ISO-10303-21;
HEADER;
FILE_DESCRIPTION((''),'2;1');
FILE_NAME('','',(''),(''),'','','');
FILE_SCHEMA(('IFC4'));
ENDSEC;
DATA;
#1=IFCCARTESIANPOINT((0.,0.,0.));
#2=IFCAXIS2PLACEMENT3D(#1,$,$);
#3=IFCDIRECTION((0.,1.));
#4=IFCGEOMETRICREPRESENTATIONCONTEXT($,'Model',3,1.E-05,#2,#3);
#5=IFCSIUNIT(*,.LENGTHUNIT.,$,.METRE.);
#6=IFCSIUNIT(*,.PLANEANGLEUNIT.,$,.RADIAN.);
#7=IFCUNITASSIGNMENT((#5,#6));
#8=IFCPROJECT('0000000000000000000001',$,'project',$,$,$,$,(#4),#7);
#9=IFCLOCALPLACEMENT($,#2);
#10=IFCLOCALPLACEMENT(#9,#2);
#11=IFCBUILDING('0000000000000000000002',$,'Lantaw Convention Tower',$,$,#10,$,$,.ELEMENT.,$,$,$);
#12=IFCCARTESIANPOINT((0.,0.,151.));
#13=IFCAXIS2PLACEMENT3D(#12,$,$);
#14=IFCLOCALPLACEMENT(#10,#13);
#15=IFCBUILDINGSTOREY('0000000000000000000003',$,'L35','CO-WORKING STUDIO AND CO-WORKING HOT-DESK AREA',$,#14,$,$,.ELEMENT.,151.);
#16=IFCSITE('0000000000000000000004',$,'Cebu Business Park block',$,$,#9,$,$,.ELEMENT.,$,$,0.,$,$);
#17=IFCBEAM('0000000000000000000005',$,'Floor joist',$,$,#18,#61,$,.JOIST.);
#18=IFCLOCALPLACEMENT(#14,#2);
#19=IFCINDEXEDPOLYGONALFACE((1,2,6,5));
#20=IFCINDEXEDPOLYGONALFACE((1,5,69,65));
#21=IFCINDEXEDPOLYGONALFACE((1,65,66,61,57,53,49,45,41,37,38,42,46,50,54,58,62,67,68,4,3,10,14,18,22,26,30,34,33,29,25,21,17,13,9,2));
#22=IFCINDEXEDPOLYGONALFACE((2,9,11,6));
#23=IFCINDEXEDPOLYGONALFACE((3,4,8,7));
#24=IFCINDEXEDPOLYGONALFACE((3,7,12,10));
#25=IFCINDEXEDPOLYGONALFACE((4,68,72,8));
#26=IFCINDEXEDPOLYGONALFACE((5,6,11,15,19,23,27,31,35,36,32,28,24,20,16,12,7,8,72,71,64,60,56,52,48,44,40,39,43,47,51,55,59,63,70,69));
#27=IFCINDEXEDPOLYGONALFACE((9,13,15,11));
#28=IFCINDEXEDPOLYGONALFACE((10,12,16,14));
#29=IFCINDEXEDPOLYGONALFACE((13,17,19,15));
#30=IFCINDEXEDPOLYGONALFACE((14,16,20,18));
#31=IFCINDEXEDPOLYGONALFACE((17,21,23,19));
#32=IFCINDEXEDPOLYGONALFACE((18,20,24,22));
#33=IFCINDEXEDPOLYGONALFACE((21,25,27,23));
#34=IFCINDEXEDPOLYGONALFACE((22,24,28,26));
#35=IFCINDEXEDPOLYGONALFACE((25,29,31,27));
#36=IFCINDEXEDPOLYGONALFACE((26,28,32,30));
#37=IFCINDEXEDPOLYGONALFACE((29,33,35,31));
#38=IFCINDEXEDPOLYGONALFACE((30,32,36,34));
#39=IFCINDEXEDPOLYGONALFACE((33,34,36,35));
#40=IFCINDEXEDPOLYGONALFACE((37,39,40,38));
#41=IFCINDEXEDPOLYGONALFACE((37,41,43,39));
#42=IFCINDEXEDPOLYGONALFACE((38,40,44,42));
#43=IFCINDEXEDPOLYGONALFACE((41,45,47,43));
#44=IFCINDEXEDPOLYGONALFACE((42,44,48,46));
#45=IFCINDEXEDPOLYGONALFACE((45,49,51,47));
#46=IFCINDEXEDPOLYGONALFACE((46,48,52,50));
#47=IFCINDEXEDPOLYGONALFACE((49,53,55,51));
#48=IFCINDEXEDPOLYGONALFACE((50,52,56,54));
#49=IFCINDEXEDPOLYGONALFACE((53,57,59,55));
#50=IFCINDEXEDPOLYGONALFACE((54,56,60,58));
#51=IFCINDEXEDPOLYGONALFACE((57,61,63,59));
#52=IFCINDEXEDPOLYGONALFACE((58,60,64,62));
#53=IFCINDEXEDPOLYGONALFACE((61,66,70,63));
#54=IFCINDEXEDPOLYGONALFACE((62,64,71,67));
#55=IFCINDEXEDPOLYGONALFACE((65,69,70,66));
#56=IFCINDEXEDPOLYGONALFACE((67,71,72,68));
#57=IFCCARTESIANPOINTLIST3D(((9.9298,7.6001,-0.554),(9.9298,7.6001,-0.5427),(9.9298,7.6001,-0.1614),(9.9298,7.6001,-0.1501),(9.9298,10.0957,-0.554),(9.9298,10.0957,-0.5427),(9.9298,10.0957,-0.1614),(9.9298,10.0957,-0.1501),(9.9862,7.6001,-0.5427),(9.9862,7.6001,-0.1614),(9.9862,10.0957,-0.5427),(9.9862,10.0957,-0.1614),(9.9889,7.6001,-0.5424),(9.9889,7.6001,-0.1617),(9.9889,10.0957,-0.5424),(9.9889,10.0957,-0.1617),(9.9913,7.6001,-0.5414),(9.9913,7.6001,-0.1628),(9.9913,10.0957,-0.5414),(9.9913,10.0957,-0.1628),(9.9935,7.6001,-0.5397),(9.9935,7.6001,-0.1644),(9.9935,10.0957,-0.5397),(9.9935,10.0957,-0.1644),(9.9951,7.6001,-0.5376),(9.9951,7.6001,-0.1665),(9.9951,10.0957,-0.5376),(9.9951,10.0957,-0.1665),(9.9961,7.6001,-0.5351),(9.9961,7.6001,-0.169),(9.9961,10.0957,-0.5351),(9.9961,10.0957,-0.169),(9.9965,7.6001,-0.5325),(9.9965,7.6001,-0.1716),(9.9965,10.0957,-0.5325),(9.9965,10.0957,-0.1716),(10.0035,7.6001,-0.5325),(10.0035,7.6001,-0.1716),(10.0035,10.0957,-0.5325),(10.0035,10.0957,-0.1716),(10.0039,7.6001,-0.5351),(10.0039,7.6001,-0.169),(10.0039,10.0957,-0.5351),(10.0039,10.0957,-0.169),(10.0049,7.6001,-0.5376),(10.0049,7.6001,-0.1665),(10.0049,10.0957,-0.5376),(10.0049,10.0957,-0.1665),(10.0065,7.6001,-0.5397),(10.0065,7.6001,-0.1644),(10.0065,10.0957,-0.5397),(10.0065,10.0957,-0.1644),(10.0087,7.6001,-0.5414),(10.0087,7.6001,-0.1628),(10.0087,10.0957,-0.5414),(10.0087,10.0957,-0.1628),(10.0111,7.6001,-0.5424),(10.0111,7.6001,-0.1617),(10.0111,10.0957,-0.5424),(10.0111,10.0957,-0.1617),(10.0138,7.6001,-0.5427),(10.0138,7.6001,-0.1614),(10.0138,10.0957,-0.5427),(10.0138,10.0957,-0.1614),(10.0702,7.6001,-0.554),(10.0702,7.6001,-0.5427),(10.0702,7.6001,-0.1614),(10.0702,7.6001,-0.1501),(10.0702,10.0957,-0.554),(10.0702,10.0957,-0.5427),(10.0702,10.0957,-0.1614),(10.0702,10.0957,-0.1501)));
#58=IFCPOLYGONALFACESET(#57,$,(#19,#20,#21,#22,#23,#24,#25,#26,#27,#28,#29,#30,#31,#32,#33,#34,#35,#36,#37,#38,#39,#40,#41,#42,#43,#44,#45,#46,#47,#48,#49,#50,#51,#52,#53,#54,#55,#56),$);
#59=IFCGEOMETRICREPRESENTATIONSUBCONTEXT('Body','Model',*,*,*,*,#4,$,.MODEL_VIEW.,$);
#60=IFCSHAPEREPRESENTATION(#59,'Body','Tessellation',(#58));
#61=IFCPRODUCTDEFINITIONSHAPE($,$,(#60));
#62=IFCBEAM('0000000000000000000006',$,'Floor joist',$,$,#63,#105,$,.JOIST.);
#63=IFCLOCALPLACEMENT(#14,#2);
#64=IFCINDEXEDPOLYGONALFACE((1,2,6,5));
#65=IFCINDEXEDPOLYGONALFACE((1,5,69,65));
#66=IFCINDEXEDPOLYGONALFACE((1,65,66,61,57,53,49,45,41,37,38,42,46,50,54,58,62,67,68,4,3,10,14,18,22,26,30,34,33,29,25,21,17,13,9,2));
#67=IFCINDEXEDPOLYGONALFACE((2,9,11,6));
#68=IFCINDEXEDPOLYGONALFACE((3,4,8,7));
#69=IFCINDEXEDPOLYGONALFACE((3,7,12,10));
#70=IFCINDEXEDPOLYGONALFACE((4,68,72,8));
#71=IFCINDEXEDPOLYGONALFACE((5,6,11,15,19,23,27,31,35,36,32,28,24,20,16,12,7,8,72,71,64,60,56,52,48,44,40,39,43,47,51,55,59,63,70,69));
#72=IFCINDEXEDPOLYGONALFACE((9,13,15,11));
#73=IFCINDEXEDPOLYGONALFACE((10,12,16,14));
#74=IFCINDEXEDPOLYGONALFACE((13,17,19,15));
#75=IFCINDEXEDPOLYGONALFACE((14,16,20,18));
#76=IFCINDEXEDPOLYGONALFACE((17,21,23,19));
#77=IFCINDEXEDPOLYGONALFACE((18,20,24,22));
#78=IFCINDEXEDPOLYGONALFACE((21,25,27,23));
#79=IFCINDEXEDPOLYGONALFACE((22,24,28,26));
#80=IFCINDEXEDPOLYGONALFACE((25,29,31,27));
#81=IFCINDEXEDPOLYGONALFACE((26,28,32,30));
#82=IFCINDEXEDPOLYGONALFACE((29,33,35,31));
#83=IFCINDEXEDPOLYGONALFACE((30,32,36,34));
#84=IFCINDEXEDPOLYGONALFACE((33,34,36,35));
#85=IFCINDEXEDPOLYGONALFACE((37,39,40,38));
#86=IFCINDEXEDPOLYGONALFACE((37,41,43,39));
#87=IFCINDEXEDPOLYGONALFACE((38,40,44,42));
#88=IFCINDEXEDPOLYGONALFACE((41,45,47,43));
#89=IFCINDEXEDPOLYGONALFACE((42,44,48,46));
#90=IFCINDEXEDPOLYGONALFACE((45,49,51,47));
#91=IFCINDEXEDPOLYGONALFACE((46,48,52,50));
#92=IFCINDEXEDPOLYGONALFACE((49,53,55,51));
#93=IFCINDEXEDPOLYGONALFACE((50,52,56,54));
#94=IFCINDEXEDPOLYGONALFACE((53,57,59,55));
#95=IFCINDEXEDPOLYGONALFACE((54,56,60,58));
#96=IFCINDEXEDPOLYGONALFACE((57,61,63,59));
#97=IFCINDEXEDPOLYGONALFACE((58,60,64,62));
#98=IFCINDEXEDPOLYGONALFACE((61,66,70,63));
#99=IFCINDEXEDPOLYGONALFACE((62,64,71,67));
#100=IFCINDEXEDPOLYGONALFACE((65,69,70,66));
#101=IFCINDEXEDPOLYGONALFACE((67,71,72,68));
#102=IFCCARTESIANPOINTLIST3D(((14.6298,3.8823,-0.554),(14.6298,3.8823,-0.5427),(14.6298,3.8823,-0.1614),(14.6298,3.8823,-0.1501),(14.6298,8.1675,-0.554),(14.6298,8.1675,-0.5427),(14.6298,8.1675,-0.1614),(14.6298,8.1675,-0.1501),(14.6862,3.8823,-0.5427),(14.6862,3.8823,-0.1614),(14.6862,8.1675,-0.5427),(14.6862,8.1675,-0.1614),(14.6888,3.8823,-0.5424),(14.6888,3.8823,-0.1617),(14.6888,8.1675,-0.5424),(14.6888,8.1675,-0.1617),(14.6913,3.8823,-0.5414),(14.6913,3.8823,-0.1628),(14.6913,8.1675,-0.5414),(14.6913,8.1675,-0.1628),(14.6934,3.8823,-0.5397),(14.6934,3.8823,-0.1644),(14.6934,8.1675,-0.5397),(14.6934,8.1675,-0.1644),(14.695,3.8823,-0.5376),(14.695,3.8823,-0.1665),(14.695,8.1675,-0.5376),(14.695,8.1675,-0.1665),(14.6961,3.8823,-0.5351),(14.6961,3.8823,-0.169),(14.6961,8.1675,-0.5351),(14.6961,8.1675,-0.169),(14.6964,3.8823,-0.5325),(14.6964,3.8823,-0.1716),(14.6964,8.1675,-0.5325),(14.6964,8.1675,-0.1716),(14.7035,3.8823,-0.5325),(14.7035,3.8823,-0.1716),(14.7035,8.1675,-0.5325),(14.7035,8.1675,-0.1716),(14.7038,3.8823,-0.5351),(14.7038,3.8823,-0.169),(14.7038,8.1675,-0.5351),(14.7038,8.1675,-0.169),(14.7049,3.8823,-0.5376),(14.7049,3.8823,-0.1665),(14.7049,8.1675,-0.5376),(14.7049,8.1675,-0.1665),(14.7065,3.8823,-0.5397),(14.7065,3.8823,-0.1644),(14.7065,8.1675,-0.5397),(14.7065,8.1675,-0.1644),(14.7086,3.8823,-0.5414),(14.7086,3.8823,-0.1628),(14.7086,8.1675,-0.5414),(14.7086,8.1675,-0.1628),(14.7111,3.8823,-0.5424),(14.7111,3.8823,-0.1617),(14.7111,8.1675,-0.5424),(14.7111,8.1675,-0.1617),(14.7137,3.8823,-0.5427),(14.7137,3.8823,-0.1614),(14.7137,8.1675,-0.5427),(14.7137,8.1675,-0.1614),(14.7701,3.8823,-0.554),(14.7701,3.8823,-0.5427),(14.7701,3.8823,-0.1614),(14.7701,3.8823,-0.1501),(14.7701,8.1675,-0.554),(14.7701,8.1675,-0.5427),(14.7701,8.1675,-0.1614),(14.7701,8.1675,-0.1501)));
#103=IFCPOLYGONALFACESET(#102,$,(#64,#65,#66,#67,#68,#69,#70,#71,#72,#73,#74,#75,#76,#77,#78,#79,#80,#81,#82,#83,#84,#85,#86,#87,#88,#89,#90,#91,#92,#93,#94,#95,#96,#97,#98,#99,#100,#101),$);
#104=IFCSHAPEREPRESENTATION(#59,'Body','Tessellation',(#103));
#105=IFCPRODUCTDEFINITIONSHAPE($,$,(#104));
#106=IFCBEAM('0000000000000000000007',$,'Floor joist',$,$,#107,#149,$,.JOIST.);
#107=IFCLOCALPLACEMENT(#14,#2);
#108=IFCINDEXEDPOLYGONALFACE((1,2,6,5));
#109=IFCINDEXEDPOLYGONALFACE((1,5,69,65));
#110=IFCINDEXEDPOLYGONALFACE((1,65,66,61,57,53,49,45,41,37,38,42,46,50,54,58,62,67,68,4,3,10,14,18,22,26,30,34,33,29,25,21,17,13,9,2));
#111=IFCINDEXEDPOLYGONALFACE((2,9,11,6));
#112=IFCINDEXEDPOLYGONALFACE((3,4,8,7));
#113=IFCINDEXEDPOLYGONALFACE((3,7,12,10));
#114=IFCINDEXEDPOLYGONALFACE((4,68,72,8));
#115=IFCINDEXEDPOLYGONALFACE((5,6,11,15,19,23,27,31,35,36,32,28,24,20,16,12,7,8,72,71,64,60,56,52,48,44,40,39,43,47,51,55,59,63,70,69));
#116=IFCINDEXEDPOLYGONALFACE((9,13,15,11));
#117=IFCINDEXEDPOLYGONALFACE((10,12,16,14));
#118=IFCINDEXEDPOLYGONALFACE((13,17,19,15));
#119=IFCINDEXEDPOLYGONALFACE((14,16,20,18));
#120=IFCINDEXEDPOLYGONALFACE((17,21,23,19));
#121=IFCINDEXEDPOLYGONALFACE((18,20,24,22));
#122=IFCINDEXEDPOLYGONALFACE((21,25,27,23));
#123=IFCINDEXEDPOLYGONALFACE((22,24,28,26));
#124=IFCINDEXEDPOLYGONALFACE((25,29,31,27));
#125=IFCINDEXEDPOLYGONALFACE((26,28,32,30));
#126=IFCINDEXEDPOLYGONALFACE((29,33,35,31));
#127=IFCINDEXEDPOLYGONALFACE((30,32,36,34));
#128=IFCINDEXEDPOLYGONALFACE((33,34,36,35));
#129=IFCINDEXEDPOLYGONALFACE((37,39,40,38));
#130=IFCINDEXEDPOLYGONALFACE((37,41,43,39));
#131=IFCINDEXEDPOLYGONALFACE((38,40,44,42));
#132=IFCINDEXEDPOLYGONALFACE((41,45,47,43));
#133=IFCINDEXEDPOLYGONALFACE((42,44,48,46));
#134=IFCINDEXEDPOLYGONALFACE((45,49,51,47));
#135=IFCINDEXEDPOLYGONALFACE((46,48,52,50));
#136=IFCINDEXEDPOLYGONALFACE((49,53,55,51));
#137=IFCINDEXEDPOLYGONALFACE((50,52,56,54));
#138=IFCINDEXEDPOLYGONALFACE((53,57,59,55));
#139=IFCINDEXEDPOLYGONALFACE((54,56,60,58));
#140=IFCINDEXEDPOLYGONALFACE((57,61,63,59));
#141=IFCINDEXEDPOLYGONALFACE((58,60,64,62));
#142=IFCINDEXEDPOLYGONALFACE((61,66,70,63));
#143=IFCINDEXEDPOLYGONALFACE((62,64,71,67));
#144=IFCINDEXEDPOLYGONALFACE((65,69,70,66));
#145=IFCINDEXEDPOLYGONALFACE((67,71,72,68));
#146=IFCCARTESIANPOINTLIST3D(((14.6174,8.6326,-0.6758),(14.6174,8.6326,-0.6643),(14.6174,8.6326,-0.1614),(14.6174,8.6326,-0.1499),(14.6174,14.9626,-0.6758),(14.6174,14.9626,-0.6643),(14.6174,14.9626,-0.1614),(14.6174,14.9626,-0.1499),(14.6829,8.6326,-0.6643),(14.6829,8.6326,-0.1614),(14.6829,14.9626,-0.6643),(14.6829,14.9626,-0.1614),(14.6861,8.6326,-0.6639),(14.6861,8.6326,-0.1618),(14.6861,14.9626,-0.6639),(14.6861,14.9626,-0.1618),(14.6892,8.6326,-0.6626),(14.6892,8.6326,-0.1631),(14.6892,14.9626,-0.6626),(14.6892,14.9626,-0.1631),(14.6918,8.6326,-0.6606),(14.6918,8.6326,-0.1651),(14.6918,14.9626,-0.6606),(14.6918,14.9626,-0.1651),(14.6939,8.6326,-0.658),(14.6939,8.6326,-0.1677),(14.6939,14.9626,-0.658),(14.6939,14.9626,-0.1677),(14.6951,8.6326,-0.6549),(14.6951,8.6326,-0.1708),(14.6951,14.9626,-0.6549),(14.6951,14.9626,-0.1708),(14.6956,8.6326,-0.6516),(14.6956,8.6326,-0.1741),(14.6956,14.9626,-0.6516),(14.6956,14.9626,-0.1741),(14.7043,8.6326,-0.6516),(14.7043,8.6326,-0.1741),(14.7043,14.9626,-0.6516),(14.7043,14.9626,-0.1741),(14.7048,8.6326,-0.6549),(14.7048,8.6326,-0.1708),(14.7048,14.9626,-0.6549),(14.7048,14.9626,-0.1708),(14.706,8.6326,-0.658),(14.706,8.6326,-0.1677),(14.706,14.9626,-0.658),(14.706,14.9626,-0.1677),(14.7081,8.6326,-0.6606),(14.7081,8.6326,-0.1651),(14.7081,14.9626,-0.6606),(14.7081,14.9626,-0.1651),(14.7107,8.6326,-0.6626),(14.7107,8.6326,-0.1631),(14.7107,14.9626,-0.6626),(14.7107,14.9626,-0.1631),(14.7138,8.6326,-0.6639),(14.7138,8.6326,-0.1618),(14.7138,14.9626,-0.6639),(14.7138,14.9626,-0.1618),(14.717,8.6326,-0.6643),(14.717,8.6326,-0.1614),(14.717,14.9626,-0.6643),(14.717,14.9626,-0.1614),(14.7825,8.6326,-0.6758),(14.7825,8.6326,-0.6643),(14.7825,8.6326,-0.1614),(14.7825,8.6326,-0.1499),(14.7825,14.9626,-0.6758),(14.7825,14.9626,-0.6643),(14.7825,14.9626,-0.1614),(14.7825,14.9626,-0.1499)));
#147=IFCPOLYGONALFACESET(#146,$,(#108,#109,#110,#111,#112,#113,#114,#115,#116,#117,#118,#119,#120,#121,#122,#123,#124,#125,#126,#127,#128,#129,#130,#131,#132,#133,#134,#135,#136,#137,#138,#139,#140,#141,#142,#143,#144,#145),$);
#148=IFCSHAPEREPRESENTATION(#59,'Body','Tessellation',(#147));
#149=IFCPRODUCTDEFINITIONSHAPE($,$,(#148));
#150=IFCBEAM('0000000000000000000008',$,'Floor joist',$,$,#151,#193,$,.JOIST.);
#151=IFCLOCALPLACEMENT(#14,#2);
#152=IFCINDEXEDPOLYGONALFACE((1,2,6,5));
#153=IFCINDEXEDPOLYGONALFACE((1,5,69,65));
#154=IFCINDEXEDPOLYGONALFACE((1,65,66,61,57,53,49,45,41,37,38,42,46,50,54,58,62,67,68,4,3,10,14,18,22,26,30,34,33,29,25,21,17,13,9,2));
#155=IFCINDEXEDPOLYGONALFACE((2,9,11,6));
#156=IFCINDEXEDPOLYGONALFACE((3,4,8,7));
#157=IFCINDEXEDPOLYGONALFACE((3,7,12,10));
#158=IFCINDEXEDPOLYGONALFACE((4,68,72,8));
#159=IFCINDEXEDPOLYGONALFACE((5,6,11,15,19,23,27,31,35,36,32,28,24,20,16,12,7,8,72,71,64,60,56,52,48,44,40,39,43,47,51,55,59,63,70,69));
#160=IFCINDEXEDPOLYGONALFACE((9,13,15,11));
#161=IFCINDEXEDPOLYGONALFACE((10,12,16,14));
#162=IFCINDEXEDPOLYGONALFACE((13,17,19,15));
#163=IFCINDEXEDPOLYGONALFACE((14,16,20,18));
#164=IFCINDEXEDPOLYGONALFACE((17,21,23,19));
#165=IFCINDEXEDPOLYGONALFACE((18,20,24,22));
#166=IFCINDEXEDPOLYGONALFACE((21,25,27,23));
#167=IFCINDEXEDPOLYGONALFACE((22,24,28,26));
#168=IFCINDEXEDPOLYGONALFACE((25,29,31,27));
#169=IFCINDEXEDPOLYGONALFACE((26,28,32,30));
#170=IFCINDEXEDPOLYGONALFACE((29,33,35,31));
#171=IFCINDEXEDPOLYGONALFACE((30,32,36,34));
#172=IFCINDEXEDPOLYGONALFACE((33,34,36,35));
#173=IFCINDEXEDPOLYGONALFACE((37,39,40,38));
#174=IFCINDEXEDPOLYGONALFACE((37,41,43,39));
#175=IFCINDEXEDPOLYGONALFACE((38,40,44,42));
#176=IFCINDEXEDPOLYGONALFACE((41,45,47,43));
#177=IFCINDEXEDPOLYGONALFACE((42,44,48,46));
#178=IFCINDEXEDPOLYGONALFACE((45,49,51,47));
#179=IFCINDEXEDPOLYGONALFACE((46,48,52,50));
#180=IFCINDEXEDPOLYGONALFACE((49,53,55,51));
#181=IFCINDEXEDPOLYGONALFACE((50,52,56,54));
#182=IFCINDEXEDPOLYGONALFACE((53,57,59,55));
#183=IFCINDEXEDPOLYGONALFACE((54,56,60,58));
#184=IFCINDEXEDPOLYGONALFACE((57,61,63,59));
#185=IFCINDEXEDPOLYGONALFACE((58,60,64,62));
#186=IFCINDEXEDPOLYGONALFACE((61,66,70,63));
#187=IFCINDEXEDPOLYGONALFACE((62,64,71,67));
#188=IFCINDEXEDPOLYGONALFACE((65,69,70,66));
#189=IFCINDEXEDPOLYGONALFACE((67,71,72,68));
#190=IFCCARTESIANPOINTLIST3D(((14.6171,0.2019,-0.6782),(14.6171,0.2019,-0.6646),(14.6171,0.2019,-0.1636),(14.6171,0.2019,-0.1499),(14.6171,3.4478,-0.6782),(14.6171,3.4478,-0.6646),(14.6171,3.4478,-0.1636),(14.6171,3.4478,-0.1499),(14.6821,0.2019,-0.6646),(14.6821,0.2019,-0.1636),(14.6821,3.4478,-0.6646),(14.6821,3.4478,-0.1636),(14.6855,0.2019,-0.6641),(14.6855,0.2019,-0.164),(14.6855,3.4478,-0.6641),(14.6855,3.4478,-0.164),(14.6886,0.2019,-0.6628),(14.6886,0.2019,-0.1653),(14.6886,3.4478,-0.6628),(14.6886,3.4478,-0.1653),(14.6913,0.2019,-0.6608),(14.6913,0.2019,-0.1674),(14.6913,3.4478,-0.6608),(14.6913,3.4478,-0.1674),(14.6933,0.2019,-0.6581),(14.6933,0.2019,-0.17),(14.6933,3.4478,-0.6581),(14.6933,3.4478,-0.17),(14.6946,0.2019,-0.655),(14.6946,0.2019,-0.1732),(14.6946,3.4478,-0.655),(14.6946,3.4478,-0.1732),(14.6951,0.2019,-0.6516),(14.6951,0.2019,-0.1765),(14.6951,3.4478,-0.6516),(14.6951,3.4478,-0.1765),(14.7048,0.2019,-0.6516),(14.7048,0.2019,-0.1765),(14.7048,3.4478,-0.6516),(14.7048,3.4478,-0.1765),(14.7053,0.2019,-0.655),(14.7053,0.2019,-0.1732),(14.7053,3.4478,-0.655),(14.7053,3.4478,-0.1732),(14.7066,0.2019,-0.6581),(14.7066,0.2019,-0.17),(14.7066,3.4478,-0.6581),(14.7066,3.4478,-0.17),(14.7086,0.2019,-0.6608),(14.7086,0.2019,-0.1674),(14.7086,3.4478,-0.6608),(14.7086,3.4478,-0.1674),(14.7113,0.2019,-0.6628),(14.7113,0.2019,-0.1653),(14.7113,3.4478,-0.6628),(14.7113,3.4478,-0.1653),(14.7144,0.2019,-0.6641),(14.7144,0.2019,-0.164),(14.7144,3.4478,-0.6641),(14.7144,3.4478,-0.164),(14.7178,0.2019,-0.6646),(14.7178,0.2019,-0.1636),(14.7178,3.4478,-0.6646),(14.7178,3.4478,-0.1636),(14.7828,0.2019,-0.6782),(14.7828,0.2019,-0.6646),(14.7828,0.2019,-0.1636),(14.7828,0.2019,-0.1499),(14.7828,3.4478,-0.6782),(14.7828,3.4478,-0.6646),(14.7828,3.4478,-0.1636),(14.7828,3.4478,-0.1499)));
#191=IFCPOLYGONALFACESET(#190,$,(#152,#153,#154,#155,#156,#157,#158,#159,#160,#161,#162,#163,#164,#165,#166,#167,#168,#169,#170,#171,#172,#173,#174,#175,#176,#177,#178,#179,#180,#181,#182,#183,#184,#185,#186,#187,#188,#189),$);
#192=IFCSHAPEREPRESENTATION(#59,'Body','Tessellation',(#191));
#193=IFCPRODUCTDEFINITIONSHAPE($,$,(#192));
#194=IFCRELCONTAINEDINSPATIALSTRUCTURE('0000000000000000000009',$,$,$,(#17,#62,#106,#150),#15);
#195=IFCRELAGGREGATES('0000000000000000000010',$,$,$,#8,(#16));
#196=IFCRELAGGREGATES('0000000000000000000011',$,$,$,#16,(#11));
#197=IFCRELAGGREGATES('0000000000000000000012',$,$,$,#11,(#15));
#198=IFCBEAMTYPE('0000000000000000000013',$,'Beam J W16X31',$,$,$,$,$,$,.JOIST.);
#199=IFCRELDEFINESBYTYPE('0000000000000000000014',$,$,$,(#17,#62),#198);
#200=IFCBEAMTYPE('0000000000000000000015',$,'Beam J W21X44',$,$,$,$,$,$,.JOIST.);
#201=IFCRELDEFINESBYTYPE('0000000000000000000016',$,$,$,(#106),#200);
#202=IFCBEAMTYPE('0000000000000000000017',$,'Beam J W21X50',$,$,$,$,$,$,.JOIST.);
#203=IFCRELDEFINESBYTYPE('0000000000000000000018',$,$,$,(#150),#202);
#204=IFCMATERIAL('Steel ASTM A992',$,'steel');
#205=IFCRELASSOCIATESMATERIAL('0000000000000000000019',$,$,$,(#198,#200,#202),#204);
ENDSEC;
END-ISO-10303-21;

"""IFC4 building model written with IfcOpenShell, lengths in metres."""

from ifc_helpers import new_model, si_unit, direction, frame, origin, origin_2d, place, context, subcontext, project, spatial, i_section, extrude, material, material_profile, profile_set, type_object, element, save


model = new_model("IFC4")

# Units and contexts
model_context = context("Model", 3, precision=1e-05, world=origin(), true_north=direction((0.0, 1.0)))
body_context = subcontext(model_context, "Body", "Model", "MODEL_VIEW")
ifc_project = project(units=[si_unit("LENGTHUNIT", "METRE"), si_unit("PLANEANGLEUNIT", "RADIAN")], contexts=[model_context])

# Site, building, storey
site_placement = place(None, origin())
site = spatial("IfcSite", under=ifc_project, at=site_placement, Name="Cebu Business Park block", CompositionType="ELEMENT", RefElevation=0.0)
building_placement = place(site_placement, origin())
building = spatial("IfcBuilding", under=site, at=building_placement, Name="Lantaw Convention Tower", CompositionType="ELEMENT")
storey_placement = place(building_placement, frame((0.0, 0.0, 151.0)))
storey = spatial("IfcBuildingStorey", under=building, at=storey_placement, Name="L35", Description="CO-WORKING STUDIO AND CO-WORKING HOT-DESK AREA", CompositionType="ELEMENT", Elevation=151.0)

# Beams
ifc_material_1 = material(Name="Steel ASTM A992", Category="steel")
ifc_material_profile_1 = material_profile(ifc_material_1, i_section(OverallWidth=0.1404, OverallDepth=0.4038, WebThickness=0.0071, FlangeThickness=0.0112, FilletRadius=0.0103, at=origin_2d()), Name="W16X31")
ifc_profile_set_1 = profile_set([ifc_material_profile_1], Name="Steel ASTM A992")
beam_type_1 = type_object("IfcBeamType", Name="Beam J W16X31", PredefinedType="JOIST", material=ifc_profile_set_1)
beam_1_placement = place(storey_placement, frame((10.0, 7.6001, -0.3521), z_axis=(0.0, 1.0, 0.0), x_axis=(-1.0, 0.0, 0.0)))
element("IfcBeam", 1, at=beam_1_placement, inside=storey, type_object=beam_type_1, Name="Floor joist", PredefinedType="JOIST", context=body_context, shape_type="SweptSolid", body=[
    extrude(i_section(OverallWidth=0.1404, OverallDepth=0.4038, WebThickness=0.0071, FlangeThickness=0.0112, FilletRadius=0.0103, at=origin_2d()), origin(), (0.0, 0.0, 1.0), 2.4956),
])
beam_2_placement = place(storey_placement, frame((14.7, 3.8823, -0.3521), z_axis=(0.0, 1.0, 0.0), x_axis=(-1.0, 0.0, 0.0)))
element("IfcBeam", 2, at=beam_2_placement, inside=storey, type_object=beam_type_1, Name="Floor joist", PredefinedType="JOIST", context=body_context, shape_type="SweptSolid", body=[
    extrude(i_section(OverallWidth=0.1404, OverallDepth=0.4038, WebThickness=0.0071, FlangeThickness=0.0112, FilletRadius=0.0103, at=origin_2d()), origin(), (0.0, 0.0, 1.0), 4.2852),
])
ifc_material_profile_2 = material_profile(ifc_material_1, i_section(OverallWidth=0.165, OverallDepth=0.5259, WebThickness=0.0088, FlangeThickness=0.0115, FilletRadius=0.0127, at=origin_2d()), Name="W21X44")
ifc_profile_set_2 = profile_set([ifc_material_profile_2], Name="Steel ASTM A992")
beam_type_2 = type_object("IfcBeamType", Name="Beam J W21X44", PredefinedType="JOIST", material=ifc_profile_set_2)
beam_3_placement = place(storey_placement, frame((14.7, 8.6326, -0.4128), z_axis=(0.0, 1.0, 0.0), x_axis=(-1.0, 0.0, 0.0)))
element("IfcBeam", 3, at=beam_3_placement, inside=storey, type_object=beam_type_2, Name="Floor joist", PredefinedType="JOIST", context=body_context, shape_type="SweptSolid", body=[
    extrude(i_section(OverallWidth=0.165, OverallDepth=0.5259, WebThickness=0.0088, FlangeThickness=0.0115, FilletRadius=0.0127, at=origin_2d()), origin(), (0.0, 0.0, 1.0), 6.3301),
])
ifc_material_profile_3 = material_profile(ifc_material_1, i_section(OverallWidth=0.1658, OverallDepth=0.5283, WebThickness=0.0098, FlangeThickness=0.0137, FilletRadius=0.0129, at=origin_2d()), Name="W21X50")
ifc_profile_set_3 = profile_set([ifc_material_profile_3], Name="Steel ASTM A992")
beam_type_3 = type_object("IfcBeamType", Name="Beam J W21X50", PredefinedType="JOIST", material=ifc_profile_set_3)
beam_4_placement = place(storey_placement, frame((14.7, 0.2019, -0.4141), z_axis=(0.0, 1.0, 0.0), x_axis=(-1.0, 0.0, 0.0)))
element("IfcBeam", 4, at=beam_4_placement, inside=storey, type_object=beam_type_3, Name="Floor joist", PredefinedType="JOIST", context=body_context, shape_type="SweptSolid", body=[
    extrude(i_section(OverallWidth=0.1658, OverallDepth=0.5283, WebThickness=0.0098, FlangeThickness=0.0137, FilletRadius=0.0129, at=origin_2d()), origin(), (0.0, 0.0, 1.0), 3.2458),
])

save(model, "model.ifc")
